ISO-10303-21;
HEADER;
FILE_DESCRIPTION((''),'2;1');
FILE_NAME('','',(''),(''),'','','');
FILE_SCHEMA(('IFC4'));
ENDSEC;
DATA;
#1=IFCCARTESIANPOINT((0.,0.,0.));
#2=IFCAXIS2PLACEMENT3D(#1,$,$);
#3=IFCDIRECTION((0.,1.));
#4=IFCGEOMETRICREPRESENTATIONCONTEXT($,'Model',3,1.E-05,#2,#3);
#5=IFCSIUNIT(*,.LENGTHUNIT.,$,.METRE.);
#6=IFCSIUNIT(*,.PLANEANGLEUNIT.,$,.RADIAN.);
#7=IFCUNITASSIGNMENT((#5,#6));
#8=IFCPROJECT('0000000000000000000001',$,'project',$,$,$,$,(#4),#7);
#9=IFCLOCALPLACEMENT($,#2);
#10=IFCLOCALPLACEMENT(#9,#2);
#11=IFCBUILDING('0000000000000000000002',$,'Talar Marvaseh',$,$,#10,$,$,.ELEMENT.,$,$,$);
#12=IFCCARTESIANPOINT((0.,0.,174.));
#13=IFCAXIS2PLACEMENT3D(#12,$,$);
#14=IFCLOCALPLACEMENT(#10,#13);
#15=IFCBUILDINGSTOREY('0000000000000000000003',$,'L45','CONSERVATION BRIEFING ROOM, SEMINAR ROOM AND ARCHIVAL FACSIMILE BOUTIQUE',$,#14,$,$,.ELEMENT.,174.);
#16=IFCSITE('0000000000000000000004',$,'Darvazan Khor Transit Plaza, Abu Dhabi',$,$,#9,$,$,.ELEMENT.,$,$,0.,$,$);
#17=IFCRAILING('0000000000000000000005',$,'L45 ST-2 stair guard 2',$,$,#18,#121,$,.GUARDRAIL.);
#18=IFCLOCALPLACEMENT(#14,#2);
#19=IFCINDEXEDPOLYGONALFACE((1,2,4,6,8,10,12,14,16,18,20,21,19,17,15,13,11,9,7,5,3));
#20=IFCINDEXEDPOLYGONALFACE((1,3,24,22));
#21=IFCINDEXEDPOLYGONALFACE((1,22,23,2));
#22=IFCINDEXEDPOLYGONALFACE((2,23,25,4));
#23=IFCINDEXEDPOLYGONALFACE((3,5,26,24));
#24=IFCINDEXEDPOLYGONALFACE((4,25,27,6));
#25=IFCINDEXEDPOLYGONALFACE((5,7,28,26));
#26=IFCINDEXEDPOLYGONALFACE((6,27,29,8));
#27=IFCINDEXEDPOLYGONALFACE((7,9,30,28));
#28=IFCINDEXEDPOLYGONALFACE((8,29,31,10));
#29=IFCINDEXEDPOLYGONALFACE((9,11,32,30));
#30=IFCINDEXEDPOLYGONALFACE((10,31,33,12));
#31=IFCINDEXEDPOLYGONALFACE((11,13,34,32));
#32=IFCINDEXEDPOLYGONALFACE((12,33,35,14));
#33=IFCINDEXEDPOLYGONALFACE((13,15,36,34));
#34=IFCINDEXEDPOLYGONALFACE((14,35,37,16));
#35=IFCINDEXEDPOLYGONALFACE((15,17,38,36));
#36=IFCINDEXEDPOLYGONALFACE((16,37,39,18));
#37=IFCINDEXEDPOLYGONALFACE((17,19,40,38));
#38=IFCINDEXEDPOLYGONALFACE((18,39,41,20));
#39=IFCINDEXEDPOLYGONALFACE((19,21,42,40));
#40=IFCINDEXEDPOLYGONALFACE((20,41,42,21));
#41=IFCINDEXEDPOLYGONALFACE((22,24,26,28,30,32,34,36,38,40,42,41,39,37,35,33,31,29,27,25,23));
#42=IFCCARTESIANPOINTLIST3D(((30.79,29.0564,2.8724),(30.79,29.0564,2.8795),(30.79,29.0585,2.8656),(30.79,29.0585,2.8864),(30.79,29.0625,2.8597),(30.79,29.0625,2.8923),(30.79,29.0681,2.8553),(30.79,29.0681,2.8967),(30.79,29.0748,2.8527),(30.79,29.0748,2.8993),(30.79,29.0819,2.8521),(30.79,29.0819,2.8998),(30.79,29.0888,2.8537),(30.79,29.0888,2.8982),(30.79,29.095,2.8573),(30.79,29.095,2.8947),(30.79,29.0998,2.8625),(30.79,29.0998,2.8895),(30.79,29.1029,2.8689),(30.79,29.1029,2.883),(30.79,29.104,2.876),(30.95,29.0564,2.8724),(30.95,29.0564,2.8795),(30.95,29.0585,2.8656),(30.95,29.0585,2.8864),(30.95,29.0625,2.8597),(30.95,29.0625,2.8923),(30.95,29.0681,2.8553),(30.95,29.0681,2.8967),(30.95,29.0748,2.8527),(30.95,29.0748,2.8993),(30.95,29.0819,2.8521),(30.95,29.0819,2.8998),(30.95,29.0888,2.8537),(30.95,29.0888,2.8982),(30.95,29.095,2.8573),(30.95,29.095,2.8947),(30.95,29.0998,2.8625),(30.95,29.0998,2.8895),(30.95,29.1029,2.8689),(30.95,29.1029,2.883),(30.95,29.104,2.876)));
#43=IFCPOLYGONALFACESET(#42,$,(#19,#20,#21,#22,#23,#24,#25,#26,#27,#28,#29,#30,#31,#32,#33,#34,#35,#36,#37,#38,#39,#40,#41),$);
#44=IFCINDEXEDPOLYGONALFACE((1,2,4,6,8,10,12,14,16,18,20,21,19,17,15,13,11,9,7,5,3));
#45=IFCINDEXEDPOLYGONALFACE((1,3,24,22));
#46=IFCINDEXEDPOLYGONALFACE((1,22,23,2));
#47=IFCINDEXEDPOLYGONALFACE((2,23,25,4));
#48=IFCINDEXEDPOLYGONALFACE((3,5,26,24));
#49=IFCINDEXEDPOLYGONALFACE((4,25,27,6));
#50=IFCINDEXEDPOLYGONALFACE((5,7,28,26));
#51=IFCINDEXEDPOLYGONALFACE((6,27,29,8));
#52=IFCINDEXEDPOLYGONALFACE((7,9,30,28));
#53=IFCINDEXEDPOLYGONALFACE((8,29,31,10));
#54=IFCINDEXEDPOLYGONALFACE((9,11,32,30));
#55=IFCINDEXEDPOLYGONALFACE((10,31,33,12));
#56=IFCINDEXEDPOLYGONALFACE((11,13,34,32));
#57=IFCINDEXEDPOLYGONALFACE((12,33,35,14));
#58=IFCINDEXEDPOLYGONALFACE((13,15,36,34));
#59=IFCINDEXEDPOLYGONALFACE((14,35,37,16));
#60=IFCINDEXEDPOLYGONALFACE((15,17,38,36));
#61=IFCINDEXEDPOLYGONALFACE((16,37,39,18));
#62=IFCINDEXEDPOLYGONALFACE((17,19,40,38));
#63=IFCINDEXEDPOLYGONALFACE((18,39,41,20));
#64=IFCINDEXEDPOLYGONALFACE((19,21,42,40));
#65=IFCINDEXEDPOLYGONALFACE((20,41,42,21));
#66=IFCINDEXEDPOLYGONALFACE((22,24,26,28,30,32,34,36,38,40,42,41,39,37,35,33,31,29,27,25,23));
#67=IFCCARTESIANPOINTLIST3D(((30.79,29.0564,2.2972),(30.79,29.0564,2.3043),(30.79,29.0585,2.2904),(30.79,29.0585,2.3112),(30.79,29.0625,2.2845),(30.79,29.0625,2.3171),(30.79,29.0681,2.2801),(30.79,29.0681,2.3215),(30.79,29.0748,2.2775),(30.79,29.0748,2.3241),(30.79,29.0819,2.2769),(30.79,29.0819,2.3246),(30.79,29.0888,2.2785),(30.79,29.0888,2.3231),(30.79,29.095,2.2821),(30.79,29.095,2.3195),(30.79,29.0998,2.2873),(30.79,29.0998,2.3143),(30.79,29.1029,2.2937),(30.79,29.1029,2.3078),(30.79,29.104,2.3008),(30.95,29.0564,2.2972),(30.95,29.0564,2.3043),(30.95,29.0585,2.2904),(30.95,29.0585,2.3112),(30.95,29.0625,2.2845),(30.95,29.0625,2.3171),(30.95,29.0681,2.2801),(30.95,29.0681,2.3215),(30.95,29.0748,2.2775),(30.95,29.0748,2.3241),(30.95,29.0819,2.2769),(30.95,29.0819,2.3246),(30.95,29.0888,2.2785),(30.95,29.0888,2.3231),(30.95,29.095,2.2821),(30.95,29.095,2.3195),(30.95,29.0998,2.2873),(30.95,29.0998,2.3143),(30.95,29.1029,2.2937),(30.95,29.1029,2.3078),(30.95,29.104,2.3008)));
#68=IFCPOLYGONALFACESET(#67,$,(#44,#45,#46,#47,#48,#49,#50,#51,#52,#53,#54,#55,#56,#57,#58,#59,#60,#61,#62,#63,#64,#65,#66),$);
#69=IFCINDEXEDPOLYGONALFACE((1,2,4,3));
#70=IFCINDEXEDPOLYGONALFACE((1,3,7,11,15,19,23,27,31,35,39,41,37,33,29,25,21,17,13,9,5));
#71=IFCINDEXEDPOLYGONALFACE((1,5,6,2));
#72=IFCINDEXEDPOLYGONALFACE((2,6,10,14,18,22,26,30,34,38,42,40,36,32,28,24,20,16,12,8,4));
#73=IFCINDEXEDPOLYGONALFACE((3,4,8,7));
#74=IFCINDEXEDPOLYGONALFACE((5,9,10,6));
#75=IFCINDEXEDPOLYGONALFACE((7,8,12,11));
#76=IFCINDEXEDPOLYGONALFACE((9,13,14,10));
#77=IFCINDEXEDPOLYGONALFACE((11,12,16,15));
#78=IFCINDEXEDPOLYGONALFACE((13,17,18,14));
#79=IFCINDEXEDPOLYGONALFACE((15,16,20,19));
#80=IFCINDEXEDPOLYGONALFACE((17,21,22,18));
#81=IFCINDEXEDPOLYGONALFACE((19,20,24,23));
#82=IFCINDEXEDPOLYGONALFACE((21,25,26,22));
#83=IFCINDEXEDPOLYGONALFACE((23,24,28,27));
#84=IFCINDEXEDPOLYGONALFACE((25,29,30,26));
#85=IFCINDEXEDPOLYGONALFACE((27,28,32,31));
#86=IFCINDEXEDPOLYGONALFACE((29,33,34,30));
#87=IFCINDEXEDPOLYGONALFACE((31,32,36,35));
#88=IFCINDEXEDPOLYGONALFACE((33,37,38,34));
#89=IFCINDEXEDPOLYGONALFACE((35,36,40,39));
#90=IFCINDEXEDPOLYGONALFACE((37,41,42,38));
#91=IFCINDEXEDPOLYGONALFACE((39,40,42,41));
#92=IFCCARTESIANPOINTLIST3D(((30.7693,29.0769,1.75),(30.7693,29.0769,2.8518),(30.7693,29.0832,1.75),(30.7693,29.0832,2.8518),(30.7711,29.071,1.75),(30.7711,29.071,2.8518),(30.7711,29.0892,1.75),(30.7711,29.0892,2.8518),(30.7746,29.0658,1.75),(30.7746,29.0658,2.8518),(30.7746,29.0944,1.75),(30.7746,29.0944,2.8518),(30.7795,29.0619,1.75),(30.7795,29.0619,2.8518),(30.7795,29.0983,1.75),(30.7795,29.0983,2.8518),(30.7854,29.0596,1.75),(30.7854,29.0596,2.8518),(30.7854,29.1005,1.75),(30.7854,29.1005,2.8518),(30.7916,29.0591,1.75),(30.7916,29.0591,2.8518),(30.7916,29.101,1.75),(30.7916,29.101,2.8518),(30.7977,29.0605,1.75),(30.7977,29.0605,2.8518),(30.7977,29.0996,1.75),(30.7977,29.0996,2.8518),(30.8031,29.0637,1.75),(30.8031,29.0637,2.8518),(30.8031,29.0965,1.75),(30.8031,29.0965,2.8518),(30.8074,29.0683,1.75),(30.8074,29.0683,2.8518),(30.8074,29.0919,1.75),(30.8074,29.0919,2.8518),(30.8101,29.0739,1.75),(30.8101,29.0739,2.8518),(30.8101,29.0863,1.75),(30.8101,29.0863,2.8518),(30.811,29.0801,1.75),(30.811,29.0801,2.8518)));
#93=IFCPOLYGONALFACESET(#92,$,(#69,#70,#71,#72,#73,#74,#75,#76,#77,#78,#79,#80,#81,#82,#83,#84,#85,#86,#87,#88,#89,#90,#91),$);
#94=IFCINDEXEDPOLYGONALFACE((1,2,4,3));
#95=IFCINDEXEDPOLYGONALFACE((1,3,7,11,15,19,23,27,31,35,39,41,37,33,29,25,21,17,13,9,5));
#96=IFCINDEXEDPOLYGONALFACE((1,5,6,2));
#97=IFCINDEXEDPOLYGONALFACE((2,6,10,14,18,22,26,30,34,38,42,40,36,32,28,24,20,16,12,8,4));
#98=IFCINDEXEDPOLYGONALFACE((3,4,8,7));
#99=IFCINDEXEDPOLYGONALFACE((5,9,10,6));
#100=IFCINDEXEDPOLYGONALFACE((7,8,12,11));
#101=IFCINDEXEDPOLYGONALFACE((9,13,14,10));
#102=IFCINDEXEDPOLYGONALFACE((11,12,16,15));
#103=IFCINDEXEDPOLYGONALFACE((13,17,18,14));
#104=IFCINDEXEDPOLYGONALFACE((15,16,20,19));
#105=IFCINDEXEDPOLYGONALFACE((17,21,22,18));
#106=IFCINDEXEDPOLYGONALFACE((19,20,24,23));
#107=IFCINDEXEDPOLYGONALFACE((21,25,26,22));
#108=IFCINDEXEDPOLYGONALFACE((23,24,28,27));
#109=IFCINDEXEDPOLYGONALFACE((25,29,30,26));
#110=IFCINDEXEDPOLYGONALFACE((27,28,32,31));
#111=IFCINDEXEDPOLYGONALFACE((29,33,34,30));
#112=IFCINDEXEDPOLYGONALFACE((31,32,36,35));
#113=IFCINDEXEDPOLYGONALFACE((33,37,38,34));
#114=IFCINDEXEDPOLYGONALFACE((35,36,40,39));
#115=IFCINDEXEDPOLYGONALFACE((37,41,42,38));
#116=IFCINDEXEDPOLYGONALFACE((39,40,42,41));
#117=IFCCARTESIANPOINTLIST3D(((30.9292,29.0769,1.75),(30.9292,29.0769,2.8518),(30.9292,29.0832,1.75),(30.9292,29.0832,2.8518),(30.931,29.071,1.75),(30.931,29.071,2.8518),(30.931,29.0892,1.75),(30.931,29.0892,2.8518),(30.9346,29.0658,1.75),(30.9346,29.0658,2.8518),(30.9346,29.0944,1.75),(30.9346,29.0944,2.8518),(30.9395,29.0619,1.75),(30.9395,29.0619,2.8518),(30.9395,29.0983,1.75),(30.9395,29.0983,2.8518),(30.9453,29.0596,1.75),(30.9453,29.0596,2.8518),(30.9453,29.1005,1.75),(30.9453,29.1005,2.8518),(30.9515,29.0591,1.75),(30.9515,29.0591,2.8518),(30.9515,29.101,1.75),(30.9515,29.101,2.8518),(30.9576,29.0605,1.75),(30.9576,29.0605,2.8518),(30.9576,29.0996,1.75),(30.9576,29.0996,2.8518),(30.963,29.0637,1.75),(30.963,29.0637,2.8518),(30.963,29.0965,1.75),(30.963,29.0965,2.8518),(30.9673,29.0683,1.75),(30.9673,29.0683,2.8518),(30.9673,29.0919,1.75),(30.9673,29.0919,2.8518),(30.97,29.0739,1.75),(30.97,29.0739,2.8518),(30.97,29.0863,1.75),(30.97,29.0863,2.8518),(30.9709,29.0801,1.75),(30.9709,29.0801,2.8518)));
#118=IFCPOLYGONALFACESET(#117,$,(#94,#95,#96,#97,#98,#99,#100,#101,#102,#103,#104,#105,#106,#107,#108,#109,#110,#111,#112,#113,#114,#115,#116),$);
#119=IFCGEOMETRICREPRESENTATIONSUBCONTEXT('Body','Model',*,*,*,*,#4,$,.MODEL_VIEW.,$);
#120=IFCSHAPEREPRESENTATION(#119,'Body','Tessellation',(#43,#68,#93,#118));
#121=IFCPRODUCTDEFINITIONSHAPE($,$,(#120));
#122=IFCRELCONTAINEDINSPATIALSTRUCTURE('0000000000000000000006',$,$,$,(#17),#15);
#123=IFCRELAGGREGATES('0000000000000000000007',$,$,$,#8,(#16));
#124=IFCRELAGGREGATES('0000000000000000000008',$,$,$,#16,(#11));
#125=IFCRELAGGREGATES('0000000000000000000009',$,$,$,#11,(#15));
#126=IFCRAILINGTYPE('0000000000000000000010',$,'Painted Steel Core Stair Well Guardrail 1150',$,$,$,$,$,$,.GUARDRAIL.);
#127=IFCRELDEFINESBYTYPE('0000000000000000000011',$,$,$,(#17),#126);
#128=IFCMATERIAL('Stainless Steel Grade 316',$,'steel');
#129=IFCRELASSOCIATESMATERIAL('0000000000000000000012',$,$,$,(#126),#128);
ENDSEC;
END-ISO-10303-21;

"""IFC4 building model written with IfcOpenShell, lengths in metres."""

from ifc_helpers import new_model, si_unit, direction, frame, origin, origin_2d, place, context, subcontext, project, spatial, circle, extrude, material, type_object, element, save


model = new_model("IFC4")

# Units and contexts
model_context = context("Model", 3, precision=1e-05, world=origin(), true_north=direction((0.0, 1.0)))
body_context = subcontext(model_context, "Body", "Model", "MODEL_VIEW")
ifc_project = project(units=[si_unit("LENGTHUNIT", "METRE"), si_unit("PLANEANGLEUNIT", "RADIAN")], contexts=[model_context])

# Site, building, storey
site_placement = place(None, origin())
site = spatial("IfcSite", under=ifc_project, at=site_placement, Name="Darvazan Khor Transit Plaza, Abu Dhabi", CompositionType="ELEMENT", RefElevation=0.0)
building_placement = place(site_placement, origin())
building = spatial("IfcBuilding", under=site, at=building_placement, Name="Talar Marvaseh", CompositionType="ELEMENT")
storey_placement = place(building_placement, frame((0.0, 0.0, 174.0)))
storey = spatial("IfcBuildingStorey", under=building, at=storey_placement, Name="L45", Description="CONSERVATION BRIEFING ROOM, SEMINAR ROOM AND ARCHIVAL FACSIMILE BOUTIQUE", CompositionType="ELEMENT", Elevation=174.0)

# Shared definitions
ifc_material_1 = material(Name="Stainless Steel Grade 316", Category="steel")

# Railing
railing_type_1 = type_object("IfcRailingType", Name="Painted Steel Core Stair Well Guardrail 1150", PredefinedType="GUARDRAIL", material=ifc_material_1)
railing_1_placement = place(storey_placement, frame((30.79, 29.0801, 1.75)))
element("IfcRailing", 1, at=railing_1_placement, inside=storey, type_object=railing_type_1, Name="L45 ST-2 stair guard 2", PredefinedType="GUARDRAIL", context=body_context, shape_type="SweptSolid", body=[
    extrude(circle(Radius=0.0239, at=origin_2d()), frame((0.0, 0.0, 1.126), z_axis=(1.0, 0.0, 0.0), x_axis=(0.0, 1.0, 0.0)), (0.0, 0.0, 1.0), 0.1599),
    extrude(circle(Radius=0.0239, at=origin_2d()), frame((0.0, 0.0, 0.5508), z_axis=(1.0, 0.0, 0.0), x_axis=(0.0, 1.0, 0.0)), (0.0, 0.0, 1.0), 0.1599),
    extrude(circle(Radius=0.021, at=origin_2d()), origin(), (0.0, 0.0, 1.0), 1.1018),
    extrude(circle(Radius=0.021, at=origin_2d()), frame((0.1599, 0.0, 0.0)), (0.0, 0.0, 1.0), 1.1018),
])

save(model, "model.ifc")
